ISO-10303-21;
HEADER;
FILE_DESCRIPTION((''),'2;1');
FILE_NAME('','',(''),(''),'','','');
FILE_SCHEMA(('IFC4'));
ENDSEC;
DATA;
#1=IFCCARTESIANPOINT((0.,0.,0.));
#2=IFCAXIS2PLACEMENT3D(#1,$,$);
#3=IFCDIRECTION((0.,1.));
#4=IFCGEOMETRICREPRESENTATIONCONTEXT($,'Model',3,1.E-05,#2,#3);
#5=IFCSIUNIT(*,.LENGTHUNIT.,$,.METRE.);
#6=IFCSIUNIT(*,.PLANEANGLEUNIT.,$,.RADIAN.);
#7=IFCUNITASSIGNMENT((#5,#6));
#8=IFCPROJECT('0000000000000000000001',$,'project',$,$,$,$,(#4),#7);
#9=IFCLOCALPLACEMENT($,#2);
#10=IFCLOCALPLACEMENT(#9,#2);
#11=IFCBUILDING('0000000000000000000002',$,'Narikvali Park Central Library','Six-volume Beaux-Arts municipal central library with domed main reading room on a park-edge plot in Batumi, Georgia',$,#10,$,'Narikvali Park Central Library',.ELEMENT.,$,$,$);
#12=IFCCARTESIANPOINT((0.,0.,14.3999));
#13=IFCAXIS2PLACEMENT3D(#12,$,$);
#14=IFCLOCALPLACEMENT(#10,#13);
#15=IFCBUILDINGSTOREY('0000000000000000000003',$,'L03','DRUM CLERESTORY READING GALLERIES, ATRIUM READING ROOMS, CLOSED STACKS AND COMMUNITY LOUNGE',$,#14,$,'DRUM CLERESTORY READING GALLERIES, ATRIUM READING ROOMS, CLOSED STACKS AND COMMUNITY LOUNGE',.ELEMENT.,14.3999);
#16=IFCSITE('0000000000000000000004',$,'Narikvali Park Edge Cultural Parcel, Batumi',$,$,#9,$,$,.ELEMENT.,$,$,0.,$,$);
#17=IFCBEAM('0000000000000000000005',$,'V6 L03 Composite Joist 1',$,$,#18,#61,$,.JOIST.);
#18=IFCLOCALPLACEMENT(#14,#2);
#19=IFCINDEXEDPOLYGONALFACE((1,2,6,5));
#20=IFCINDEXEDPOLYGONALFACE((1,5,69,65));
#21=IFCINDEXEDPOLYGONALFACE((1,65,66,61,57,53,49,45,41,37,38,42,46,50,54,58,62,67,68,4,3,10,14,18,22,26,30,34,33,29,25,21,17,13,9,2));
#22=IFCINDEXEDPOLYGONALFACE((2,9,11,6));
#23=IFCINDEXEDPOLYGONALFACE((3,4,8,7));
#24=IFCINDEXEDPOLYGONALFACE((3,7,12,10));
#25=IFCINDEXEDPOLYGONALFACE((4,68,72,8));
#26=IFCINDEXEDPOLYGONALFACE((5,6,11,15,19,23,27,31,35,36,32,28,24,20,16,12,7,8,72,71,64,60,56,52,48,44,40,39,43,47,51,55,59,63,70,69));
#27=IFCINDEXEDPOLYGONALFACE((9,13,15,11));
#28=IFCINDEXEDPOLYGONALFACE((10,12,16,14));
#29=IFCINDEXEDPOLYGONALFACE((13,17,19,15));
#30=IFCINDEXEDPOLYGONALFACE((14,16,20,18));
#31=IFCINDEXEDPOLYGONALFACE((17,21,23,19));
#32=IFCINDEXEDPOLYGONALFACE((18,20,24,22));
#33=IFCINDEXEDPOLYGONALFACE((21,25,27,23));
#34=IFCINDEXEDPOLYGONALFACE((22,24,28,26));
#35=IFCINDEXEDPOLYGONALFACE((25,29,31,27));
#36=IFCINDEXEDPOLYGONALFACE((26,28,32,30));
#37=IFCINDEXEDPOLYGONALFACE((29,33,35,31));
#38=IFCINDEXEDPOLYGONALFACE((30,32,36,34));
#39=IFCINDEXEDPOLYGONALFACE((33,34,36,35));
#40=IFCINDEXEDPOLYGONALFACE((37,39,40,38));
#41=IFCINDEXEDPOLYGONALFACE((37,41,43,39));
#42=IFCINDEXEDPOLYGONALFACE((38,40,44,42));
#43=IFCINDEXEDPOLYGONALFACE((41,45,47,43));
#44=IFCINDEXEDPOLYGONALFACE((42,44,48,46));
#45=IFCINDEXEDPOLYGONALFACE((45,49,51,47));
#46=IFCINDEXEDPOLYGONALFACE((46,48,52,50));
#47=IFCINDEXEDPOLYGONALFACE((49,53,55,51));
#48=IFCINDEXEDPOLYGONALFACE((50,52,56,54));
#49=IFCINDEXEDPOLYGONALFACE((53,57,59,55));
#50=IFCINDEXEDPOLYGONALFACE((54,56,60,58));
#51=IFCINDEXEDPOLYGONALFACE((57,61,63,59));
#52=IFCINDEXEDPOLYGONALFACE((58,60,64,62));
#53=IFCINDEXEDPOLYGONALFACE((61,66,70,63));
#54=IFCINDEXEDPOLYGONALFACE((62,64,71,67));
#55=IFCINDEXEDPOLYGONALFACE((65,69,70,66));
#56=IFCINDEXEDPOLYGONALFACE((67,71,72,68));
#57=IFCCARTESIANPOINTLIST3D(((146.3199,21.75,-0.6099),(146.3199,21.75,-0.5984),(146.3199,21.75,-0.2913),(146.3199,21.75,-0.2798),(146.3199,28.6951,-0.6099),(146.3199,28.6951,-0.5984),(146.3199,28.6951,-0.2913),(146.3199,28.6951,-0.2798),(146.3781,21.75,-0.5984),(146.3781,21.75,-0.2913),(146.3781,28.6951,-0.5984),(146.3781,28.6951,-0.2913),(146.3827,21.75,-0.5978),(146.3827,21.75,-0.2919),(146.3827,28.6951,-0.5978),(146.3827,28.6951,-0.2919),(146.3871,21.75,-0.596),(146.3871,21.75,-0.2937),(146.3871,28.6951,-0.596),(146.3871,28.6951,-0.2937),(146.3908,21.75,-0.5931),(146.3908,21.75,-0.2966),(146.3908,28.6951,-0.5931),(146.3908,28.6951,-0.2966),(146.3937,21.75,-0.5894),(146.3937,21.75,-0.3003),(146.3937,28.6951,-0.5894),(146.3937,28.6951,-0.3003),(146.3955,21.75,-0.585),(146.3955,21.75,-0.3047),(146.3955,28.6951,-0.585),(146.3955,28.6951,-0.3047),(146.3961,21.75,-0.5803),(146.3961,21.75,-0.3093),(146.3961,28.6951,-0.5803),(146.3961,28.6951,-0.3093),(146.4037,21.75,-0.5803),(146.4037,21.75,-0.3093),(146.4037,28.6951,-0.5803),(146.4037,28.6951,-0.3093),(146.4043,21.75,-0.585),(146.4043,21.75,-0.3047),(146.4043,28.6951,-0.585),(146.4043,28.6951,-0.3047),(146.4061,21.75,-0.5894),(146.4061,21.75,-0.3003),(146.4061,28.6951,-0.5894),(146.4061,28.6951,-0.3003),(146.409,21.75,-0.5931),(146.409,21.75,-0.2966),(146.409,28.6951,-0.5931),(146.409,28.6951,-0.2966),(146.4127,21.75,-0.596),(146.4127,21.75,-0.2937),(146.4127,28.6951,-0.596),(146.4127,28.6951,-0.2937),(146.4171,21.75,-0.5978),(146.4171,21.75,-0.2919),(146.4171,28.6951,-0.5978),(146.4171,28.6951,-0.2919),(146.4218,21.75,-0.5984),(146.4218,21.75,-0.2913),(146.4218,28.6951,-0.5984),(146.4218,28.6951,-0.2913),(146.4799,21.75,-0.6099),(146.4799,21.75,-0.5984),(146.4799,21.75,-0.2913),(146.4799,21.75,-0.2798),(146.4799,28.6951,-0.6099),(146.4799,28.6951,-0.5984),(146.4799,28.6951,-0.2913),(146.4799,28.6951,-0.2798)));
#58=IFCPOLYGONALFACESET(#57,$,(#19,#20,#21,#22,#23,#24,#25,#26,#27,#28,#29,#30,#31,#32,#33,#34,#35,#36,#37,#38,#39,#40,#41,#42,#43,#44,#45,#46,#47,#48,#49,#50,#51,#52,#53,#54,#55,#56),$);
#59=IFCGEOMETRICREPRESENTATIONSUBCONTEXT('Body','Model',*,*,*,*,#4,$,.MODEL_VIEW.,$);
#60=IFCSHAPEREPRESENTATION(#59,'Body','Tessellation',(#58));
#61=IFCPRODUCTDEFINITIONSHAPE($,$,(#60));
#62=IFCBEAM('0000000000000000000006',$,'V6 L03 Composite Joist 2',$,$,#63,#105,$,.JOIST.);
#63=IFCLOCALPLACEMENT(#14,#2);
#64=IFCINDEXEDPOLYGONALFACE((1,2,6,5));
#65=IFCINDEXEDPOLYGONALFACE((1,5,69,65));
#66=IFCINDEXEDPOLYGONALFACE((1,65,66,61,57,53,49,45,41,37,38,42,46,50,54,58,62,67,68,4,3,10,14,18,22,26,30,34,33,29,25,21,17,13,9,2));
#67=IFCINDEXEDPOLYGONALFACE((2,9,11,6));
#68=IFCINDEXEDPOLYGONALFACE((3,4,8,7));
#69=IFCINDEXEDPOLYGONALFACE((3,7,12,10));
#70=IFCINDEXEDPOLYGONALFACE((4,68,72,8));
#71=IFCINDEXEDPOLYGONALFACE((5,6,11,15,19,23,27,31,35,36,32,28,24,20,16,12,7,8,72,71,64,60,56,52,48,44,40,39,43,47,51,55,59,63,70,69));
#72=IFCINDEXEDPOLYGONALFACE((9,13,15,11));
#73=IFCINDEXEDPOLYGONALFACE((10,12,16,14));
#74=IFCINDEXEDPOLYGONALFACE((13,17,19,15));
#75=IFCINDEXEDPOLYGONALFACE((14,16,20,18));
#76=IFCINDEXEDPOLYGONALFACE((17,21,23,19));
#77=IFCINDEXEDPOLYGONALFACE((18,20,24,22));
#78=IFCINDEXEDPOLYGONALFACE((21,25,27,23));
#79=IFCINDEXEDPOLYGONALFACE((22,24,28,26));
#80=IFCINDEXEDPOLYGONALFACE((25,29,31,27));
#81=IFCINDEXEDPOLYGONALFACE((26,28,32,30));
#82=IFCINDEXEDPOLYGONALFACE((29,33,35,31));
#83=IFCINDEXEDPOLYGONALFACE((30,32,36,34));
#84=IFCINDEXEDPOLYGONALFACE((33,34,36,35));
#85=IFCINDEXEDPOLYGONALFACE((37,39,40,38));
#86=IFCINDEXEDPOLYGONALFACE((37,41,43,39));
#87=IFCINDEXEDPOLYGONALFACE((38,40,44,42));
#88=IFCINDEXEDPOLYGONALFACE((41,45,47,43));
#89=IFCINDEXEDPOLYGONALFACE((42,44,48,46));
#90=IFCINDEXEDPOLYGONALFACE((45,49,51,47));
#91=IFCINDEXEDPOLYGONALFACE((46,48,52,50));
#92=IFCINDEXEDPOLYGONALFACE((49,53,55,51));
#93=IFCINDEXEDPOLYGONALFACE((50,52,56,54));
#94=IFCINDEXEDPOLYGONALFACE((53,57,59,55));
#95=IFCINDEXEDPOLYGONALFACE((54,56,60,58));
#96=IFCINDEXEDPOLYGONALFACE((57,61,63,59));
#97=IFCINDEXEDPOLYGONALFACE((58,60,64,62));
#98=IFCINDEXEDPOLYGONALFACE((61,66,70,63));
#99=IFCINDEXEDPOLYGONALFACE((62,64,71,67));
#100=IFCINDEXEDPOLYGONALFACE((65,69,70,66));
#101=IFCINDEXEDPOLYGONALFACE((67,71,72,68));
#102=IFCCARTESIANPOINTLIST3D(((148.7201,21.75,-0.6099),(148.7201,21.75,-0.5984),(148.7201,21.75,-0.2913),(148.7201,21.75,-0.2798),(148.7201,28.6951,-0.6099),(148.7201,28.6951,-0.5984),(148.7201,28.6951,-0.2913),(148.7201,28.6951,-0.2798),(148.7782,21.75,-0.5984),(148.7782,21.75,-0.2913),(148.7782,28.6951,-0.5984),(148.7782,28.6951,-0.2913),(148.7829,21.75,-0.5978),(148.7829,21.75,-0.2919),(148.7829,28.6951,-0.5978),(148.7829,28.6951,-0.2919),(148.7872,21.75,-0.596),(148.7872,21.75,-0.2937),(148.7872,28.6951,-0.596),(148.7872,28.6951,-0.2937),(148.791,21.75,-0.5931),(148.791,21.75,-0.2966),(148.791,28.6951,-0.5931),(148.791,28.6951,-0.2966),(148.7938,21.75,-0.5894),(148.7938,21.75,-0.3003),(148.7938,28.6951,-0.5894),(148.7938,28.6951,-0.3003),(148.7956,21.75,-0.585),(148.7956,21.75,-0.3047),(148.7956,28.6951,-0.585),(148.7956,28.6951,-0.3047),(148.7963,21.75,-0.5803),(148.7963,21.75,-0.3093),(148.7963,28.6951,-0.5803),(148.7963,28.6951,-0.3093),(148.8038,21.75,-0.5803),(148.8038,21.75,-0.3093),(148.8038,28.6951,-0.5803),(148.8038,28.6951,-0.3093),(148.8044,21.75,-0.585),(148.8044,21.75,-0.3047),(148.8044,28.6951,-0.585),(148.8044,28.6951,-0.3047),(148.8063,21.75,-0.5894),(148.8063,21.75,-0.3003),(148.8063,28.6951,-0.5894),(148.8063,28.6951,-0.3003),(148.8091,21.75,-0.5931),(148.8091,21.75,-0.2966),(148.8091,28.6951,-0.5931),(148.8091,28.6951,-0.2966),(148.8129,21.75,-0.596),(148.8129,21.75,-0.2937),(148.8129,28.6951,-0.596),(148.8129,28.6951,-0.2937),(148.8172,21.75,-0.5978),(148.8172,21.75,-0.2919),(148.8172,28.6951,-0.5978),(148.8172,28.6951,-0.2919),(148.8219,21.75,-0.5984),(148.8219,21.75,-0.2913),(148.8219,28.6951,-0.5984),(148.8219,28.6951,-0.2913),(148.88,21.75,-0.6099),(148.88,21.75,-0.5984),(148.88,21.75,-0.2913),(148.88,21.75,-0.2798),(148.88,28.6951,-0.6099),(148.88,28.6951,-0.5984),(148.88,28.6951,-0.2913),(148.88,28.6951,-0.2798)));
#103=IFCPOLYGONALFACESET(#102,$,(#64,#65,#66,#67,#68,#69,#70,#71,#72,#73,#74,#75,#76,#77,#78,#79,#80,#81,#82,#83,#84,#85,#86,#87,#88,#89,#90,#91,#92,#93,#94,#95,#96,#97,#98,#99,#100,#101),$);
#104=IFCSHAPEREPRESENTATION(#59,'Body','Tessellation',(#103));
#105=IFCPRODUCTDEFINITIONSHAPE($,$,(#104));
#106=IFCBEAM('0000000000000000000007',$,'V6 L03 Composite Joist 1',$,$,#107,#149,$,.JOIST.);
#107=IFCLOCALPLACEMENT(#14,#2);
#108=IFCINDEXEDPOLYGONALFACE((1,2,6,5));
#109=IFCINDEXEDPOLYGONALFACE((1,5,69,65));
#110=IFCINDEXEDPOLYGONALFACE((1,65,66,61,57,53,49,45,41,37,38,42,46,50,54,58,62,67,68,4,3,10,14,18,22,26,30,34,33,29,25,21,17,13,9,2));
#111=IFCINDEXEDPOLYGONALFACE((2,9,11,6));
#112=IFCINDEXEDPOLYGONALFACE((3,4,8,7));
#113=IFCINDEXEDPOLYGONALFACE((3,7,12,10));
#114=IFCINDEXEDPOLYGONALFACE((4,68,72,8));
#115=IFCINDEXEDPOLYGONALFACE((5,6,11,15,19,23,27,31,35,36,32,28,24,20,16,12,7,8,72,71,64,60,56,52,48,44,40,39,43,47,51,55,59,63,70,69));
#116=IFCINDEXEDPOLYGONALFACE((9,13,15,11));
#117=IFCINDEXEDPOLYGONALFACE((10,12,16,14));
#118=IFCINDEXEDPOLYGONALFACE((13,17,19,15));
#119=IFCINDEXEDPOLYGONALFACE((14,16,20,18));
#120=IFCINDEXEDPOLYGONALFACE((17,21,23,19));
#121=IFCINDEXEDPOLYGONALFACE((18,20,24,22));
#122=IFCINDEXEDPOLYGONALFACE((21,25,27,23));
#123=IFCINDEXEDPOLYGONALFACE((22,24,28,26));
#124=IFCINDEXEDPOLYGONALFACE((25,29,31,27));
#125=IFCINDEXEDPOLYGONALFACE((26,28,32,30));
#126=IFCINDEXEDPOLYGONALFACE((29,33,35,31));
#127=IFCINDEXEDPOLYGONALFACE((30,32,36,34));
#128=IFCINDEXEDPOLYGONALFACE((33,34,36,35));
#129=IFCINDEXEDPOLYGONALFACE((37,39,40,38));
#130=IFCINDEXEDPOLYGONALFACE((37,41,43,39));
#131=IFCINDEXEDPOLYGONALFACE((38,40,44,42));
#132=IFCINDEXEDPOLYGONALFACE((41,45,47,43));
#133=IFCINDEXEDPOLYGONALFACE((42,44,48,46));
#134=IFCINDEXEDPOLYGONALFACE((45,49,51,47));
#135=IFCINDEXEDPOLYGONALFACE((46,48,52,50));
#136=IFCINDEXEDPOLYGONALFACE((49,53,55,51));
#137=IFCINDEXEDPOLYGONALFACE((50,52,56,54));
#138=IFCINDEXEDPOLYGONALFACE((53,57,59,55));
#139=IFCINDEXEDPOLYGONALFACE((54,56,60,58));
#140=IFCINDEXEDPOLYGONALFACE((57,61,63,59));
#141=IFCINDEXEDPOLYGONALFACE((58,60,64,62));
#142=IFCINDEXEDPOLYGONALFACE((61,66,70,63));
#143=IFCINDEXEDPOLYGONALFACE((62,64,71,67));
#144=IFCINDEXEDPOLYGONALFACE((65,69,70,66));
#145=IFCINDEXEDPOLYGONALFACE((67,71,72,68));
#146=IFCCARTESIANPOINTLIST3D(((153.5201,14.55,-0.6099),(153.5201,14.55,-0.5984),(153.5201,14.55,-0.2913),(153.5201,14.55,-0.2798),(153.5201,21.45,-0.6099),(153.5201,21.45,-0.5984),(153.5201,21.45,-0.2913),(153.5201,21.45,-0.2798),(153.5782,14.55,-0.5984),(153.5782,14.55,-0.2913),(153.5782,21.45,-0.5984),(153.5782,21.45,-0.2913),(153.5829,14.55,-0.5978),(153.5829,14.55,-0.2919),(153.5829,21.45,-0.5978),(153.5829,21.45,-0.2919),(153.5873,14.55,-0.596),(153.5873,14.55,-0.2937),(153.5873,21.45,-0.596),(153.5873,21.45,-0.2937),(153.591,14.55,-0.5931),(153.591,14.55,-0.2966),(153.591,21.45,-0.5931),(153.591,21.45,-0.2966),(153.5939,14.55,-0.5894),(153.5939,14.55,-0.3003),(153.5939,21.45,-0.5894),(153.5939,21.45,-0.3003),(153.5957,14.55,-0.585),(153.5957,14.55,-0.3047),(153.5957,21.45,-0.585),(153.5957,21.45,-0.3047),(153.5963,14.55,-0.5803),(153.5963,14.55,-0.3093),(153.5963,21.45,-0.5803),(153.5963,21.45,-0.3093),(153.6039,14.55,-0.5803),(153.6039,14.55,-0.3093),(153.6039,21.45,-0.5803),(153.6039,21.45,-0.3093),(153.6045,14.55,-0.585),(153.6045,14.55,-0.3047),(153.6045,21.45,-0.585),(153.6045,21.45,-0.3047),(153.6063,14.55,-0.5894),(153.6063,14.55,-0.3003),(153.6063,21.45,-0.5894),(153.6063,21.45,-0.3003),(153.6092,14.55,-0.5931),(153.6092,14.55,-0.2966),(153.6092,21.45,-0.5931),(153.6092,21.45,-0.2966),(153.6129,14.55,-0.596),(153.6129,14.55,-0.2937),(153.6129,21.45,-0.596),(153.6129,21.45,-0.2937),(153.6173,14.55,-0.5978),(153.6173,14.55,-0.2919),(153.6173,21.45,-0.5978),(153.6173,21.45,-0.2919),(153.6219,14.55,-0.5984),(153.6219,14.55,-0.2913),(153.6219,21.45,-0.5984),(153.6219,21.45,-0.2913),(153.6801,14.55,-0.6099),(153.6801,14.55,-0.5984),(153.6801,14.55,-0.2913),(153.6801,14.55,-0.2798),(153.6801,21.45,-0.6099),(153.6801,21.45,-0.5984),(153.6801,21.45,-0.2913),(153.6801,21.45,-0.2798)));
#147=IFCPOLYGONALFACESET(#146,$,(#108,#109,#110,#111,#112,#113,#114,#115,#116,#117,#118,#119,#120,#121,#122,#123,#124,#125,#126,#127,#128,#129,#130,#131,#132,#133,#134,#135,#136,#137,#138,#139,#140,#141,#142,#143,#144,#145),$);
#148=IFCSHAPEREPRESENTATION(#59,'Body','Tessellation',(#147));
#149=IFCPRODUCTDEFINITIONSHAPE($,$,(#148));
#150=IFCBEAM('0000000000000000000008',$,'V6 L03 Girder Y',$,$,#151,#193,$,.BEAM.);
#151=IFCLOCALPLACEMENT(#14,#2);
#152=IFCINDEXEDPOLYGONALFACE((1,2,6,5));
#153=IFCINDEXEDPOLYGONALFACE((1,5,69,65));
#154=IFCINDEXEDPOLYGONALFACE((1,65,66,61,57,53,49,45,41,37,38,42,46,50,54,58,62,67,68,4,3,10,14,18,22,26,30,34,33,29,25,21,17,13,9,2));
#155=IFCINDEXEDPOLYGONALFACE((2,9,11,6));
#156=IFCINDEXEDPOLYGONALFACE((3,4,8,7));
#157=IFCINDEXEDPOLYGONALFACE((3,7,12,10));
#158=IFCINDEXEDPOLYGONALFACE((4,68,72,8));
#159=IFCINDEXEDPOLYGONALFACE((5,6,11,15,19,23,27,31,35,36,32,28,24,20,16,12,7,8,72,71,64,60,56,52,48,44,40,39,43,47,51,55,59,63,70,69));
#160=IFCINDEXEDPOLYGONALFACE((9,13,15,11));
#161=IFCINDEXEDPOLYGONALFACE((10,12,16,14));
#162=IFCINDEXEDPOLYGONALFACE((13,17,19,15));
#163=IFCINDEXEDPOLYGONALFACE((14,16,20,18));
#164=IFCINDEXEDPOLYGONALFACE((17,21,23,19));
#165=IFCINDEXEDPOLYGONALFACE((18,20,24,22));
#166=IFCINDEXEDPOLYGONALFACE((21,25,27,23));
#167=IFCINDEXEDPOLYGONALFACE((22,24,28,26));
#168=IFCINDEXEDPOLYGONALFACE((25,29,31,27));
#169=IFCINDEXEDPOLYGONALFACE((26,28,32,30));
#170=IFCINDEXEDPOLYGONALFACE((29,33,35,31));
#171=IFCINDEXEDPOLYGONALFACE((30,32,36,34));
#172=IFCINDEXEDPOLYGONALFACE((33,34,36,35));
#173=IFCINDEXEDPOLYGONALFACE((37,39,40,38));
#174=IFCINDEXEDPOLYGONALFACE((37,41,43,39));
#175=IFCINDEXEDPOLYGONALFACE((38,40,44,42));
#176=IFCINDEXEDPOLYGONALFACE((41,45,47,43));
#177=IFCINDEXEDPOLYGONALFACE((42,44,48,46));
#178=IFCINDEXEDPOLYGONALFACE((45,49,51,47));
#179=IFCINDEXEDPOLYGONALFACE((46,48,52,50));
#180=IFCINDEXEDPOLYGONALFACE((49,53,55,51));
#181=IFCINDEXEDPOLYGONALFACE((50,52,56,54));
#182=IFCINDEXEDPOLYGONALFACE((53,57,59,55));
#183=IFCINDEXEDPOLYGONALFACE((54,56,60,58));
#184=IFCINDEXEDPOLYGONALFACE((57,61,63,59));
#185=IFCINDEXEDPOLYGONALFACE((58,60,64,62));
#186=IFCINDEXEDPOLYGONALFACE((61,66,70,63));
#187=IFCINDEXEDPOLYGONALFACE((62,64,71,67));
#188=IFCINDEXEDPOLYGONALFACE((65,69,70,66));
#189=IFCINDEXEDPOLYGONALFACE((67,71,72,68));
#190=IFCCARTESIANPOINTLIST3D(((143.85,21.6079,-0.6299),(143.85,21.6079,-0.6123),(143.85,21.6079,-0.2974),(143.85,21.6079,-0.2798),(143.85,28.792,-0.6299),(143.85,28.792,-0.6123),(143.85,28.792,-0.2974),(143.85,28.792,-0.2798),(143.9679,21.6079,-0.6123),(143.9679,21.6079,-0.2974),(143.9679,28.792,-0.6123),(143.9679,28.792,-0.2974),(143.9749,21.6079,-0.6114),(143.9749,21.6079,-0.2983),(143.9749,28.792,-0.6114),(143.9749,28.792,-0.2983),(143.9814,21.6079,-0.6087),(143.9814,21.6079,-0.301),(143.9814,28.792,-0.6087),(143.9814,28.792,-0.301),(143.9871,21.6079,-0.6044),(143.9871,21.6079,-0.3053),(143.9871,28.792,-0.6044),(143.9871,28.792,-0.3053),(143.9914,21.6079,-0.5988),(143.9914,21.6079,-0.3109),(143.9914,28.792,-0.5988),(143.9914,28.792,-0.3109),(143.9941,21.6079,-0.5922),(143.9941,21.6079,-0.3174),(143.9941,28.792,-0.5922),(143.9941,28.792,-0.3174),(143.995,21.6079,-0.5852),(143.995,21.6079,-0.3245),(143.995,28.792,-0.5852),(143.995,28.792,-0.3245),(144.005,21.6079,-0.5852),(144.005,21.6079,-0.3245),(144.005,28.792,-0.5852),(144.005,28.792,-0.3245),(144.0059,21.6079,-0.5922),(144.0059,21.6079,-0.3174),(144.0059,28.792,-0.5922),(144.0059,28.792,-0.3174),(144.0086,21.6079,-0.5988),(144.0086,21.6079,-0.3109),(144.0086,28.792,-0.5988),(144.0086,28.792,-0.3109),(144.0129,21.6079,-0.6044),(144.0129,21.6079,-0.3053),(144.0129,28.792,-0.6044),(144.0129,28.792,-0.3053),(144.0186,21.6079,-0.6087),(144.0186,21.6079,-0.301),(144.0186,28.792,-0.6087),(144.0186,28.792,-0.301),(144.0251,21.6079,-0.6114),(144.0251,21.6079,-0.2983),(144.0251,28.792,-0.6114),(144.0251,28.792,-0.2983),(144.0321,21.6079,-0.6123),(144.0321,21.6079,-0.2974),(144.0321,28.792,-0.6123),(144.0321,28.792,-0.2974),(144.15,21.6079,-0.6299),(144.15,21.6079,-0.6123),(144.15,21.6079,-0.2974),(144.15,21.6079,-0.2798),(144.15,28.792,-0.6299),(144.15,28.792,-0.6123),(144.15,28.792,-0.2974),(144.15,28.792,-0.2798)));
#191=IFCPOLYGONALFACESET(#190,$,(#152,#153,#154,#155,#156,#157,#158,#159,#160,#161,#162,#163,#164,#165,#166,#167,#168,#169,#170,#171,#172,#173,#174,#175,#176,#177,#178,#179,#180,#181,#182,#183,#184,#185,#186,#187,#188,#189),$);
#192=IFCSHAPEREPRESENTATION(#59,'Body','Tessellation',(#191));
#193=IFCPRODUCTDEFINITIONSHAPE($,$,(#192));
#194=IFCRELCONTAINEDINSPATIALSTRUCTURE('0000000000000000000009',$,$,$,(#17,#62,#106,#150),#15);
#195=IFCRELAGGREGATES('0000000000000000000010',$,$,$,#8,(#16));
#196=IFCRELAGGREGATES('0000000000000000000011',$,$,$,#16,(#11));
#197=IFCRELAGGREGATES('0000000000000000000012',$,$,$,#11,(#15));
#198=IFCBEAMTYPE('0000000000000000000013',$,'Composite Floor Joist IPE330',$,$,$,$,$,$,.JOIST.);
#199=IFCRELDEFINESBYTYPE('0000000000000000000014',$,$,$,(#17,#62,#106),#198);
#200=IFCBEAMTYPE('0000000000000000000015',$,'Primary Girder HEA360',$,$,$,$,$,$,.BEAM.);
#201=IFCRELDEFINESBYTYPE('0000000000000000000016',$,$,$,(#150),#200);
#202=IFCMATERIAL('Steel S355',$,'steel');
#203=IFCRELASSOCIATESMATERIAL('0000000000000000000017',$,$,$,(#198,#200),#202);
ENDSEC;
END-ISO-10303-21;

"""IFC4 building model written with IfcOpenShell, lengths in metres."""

from ifc_helpers import new_model, si_unit, direction, frame, origin, origin_2d, place, context, subcontext, project, spatial, i_section, extrude, material, material_profile, profile_set, type_object, element, save


model = new_model("IFC4")

# Units and contexts
model_context = context("Model", 3, precision=1e-05, world=origin(), true_north=direction((0.0, 1.0)))
body_context = subcontext(model_context, "Body", "Model", "MODEL_VIEW")
ifc_project = project(units=[si_unit("LENGTHUNIT", "METRE"), si_unit("PLANEANGLEUNIT", "RADIAN")], contexts=[model_context])

# Site, building, storey
site_placement = place(None, origin())
site = spatial("IfcSite", under=ifc_project, at=site_placement, Name="Narikvali Park Edge Cultural Parcel, Batumi", CompositionType="ELEMENT", RefElevation=0.0)
building_placement = place(site_placement, origin())
building = spatial("IfcBuilding", under=site, at=building_placement, Name="Narikvali Park Central Library", Description="Six-volume Beaux-Arts municipal central library with domed main reading room on a park-edge plot in Batumi, Georgia", LongName="Narikvali Park Central Library", CompositionType="ELEMENT")
storey_placement = place(building_placement, frame((0.0, 0.0, 14.3999)))
storey = spatial("IfcBuildingStorey", under=building, at=storey_placement, Name="L03", Description="DRUM CLERESTORY READING GALLERIES, ATRIUM READING ROOMS, CLOSED STACKS AND COMMUNITY LOUNGE", LongName="DRUM CLERESTORY READING GALLERIES, ATRIUM READING ROOMS, CLOSED STACKS AND COMMUNITY LOUNGE", CompositionType="ELEMENT", Elevation=14.3999)

# Shared definitions
ifc_material_1 = material(Name="Steel S355", Category="steel")

# Beams
ifc_material_profile_1 = material_profile(ifc_material_1, i_section(OverallWidth=0.1599, OverallDepth=0.3301, WebThickness=0.0076, FlangeThickness=0.0115, FilletRadius=0.0181, at=origin_2d()), Name="IPE 330")
ifc_profile_set_1 = profile_set([ifc_material_profile_1], Name="Steel S355")
beam_type_1 = type_object("IfcBeamType", Name="Composite Floor Joist IPE330", PredefinedType="JOIST", material=ifc_profile_set_1)
for number, where, z_axis, x_axis, name in (
    (1, (146.3999, 21.75, -0.4448), (0.0, 1.0, 0.0), (-1.0, 0.0, 0.0), "V6 L03 Composite Joist 1"),
    (2, (148.8, 21.75, -0.4448), (0.0, 1.0, 0.0), (-1.0, 0.0, 0.0), "V6 L03 Composite Joist 2"),
):
    element("IfcBeam", number, at=place(storey_placement, frame(where, z_axis=z_axis, x_axis=x_axis)), inside=storey, type_object=beam_type_1, Name=name, PredefinedType="JOIST", context=body_context, shape_type="SweptSolid", body=[
        extrude(i_section(OverallWidth=0.1599, OverallDepth=0.3301, WebThickness=0.0076, FlangeThickness=0.0115, FilletRadius=0.0181, at=origin_2d()), origin(), (0.0, 0.0, 1.0), 6.9451),
    ])
beam_1_placement = place(storey_placement, frame((153.6001, 14.55, -0.4448), z_axis=(0.0, 1.0, 0.0), x_axis=(-1.0, 0.0, 0.0)))
element("IfcBeam", 3, at=beam_1_placement, inside=storey, type_object=beam_type_1, Name="V6 L03 Composite Joist 1", PredefinedType="JOIST", context=body_context, shape_type="SweptSolid", body=[
    extrude(i_section(OverallWidth=0.1599, OverallDepth=0.3301, WebThickness=0.0076, FlangeThickness=0.0115, FilletRadius=0.0181, at=origin_2d()), origin(), (0.0, 0.0, 1.0), 6.8999),
])
ifc_material_profile_2 = material_profile(ifc_material_1, i_section(OverallWidth=0.3, OverallDepth=0.3501, WebThickness=0.01, FlangeThickness=0.0176, FilletRadius=0.0271, at=origin_2d()), Name="HEA 360")
ifc_profile_set_2 = profile_set([ifc_material_profile_2], Name="Steel S355")
beam_type_2 = type_object("IfcBeamType", Name="Primary Girder HEA360", PredefinedType="BEAM", material=ifc_profile_set_2)
for number, where, z_axis, x_axis, name in (
    (4, (144.0, 21.6079, -0.4548), (0.0, 1.0, 0.0), (-1.0, 0.0, 0.0), "V6 L03 Girder Y"),
):
    element("IfcBeam", number, at=place(storey_placement, frame(where, z_axis=z_axis, x_axis=x_axis)), inside=storey, type_object=beam_type_2, Name=name, PredefinedType="BEAM", context=body_context, shape_type="SweptSolid", body=[
        extrude(i_section(OverallWidth=0.3, OverallDepth=0.3501, WebThickness=0.01, FlangeThickness=0.0176, FilletRadius=0.0271, at=origin_2d()), origin(), (0.0, 0.0, 1.0), 7.1841),
    ])

save(model, "model.ifc")
